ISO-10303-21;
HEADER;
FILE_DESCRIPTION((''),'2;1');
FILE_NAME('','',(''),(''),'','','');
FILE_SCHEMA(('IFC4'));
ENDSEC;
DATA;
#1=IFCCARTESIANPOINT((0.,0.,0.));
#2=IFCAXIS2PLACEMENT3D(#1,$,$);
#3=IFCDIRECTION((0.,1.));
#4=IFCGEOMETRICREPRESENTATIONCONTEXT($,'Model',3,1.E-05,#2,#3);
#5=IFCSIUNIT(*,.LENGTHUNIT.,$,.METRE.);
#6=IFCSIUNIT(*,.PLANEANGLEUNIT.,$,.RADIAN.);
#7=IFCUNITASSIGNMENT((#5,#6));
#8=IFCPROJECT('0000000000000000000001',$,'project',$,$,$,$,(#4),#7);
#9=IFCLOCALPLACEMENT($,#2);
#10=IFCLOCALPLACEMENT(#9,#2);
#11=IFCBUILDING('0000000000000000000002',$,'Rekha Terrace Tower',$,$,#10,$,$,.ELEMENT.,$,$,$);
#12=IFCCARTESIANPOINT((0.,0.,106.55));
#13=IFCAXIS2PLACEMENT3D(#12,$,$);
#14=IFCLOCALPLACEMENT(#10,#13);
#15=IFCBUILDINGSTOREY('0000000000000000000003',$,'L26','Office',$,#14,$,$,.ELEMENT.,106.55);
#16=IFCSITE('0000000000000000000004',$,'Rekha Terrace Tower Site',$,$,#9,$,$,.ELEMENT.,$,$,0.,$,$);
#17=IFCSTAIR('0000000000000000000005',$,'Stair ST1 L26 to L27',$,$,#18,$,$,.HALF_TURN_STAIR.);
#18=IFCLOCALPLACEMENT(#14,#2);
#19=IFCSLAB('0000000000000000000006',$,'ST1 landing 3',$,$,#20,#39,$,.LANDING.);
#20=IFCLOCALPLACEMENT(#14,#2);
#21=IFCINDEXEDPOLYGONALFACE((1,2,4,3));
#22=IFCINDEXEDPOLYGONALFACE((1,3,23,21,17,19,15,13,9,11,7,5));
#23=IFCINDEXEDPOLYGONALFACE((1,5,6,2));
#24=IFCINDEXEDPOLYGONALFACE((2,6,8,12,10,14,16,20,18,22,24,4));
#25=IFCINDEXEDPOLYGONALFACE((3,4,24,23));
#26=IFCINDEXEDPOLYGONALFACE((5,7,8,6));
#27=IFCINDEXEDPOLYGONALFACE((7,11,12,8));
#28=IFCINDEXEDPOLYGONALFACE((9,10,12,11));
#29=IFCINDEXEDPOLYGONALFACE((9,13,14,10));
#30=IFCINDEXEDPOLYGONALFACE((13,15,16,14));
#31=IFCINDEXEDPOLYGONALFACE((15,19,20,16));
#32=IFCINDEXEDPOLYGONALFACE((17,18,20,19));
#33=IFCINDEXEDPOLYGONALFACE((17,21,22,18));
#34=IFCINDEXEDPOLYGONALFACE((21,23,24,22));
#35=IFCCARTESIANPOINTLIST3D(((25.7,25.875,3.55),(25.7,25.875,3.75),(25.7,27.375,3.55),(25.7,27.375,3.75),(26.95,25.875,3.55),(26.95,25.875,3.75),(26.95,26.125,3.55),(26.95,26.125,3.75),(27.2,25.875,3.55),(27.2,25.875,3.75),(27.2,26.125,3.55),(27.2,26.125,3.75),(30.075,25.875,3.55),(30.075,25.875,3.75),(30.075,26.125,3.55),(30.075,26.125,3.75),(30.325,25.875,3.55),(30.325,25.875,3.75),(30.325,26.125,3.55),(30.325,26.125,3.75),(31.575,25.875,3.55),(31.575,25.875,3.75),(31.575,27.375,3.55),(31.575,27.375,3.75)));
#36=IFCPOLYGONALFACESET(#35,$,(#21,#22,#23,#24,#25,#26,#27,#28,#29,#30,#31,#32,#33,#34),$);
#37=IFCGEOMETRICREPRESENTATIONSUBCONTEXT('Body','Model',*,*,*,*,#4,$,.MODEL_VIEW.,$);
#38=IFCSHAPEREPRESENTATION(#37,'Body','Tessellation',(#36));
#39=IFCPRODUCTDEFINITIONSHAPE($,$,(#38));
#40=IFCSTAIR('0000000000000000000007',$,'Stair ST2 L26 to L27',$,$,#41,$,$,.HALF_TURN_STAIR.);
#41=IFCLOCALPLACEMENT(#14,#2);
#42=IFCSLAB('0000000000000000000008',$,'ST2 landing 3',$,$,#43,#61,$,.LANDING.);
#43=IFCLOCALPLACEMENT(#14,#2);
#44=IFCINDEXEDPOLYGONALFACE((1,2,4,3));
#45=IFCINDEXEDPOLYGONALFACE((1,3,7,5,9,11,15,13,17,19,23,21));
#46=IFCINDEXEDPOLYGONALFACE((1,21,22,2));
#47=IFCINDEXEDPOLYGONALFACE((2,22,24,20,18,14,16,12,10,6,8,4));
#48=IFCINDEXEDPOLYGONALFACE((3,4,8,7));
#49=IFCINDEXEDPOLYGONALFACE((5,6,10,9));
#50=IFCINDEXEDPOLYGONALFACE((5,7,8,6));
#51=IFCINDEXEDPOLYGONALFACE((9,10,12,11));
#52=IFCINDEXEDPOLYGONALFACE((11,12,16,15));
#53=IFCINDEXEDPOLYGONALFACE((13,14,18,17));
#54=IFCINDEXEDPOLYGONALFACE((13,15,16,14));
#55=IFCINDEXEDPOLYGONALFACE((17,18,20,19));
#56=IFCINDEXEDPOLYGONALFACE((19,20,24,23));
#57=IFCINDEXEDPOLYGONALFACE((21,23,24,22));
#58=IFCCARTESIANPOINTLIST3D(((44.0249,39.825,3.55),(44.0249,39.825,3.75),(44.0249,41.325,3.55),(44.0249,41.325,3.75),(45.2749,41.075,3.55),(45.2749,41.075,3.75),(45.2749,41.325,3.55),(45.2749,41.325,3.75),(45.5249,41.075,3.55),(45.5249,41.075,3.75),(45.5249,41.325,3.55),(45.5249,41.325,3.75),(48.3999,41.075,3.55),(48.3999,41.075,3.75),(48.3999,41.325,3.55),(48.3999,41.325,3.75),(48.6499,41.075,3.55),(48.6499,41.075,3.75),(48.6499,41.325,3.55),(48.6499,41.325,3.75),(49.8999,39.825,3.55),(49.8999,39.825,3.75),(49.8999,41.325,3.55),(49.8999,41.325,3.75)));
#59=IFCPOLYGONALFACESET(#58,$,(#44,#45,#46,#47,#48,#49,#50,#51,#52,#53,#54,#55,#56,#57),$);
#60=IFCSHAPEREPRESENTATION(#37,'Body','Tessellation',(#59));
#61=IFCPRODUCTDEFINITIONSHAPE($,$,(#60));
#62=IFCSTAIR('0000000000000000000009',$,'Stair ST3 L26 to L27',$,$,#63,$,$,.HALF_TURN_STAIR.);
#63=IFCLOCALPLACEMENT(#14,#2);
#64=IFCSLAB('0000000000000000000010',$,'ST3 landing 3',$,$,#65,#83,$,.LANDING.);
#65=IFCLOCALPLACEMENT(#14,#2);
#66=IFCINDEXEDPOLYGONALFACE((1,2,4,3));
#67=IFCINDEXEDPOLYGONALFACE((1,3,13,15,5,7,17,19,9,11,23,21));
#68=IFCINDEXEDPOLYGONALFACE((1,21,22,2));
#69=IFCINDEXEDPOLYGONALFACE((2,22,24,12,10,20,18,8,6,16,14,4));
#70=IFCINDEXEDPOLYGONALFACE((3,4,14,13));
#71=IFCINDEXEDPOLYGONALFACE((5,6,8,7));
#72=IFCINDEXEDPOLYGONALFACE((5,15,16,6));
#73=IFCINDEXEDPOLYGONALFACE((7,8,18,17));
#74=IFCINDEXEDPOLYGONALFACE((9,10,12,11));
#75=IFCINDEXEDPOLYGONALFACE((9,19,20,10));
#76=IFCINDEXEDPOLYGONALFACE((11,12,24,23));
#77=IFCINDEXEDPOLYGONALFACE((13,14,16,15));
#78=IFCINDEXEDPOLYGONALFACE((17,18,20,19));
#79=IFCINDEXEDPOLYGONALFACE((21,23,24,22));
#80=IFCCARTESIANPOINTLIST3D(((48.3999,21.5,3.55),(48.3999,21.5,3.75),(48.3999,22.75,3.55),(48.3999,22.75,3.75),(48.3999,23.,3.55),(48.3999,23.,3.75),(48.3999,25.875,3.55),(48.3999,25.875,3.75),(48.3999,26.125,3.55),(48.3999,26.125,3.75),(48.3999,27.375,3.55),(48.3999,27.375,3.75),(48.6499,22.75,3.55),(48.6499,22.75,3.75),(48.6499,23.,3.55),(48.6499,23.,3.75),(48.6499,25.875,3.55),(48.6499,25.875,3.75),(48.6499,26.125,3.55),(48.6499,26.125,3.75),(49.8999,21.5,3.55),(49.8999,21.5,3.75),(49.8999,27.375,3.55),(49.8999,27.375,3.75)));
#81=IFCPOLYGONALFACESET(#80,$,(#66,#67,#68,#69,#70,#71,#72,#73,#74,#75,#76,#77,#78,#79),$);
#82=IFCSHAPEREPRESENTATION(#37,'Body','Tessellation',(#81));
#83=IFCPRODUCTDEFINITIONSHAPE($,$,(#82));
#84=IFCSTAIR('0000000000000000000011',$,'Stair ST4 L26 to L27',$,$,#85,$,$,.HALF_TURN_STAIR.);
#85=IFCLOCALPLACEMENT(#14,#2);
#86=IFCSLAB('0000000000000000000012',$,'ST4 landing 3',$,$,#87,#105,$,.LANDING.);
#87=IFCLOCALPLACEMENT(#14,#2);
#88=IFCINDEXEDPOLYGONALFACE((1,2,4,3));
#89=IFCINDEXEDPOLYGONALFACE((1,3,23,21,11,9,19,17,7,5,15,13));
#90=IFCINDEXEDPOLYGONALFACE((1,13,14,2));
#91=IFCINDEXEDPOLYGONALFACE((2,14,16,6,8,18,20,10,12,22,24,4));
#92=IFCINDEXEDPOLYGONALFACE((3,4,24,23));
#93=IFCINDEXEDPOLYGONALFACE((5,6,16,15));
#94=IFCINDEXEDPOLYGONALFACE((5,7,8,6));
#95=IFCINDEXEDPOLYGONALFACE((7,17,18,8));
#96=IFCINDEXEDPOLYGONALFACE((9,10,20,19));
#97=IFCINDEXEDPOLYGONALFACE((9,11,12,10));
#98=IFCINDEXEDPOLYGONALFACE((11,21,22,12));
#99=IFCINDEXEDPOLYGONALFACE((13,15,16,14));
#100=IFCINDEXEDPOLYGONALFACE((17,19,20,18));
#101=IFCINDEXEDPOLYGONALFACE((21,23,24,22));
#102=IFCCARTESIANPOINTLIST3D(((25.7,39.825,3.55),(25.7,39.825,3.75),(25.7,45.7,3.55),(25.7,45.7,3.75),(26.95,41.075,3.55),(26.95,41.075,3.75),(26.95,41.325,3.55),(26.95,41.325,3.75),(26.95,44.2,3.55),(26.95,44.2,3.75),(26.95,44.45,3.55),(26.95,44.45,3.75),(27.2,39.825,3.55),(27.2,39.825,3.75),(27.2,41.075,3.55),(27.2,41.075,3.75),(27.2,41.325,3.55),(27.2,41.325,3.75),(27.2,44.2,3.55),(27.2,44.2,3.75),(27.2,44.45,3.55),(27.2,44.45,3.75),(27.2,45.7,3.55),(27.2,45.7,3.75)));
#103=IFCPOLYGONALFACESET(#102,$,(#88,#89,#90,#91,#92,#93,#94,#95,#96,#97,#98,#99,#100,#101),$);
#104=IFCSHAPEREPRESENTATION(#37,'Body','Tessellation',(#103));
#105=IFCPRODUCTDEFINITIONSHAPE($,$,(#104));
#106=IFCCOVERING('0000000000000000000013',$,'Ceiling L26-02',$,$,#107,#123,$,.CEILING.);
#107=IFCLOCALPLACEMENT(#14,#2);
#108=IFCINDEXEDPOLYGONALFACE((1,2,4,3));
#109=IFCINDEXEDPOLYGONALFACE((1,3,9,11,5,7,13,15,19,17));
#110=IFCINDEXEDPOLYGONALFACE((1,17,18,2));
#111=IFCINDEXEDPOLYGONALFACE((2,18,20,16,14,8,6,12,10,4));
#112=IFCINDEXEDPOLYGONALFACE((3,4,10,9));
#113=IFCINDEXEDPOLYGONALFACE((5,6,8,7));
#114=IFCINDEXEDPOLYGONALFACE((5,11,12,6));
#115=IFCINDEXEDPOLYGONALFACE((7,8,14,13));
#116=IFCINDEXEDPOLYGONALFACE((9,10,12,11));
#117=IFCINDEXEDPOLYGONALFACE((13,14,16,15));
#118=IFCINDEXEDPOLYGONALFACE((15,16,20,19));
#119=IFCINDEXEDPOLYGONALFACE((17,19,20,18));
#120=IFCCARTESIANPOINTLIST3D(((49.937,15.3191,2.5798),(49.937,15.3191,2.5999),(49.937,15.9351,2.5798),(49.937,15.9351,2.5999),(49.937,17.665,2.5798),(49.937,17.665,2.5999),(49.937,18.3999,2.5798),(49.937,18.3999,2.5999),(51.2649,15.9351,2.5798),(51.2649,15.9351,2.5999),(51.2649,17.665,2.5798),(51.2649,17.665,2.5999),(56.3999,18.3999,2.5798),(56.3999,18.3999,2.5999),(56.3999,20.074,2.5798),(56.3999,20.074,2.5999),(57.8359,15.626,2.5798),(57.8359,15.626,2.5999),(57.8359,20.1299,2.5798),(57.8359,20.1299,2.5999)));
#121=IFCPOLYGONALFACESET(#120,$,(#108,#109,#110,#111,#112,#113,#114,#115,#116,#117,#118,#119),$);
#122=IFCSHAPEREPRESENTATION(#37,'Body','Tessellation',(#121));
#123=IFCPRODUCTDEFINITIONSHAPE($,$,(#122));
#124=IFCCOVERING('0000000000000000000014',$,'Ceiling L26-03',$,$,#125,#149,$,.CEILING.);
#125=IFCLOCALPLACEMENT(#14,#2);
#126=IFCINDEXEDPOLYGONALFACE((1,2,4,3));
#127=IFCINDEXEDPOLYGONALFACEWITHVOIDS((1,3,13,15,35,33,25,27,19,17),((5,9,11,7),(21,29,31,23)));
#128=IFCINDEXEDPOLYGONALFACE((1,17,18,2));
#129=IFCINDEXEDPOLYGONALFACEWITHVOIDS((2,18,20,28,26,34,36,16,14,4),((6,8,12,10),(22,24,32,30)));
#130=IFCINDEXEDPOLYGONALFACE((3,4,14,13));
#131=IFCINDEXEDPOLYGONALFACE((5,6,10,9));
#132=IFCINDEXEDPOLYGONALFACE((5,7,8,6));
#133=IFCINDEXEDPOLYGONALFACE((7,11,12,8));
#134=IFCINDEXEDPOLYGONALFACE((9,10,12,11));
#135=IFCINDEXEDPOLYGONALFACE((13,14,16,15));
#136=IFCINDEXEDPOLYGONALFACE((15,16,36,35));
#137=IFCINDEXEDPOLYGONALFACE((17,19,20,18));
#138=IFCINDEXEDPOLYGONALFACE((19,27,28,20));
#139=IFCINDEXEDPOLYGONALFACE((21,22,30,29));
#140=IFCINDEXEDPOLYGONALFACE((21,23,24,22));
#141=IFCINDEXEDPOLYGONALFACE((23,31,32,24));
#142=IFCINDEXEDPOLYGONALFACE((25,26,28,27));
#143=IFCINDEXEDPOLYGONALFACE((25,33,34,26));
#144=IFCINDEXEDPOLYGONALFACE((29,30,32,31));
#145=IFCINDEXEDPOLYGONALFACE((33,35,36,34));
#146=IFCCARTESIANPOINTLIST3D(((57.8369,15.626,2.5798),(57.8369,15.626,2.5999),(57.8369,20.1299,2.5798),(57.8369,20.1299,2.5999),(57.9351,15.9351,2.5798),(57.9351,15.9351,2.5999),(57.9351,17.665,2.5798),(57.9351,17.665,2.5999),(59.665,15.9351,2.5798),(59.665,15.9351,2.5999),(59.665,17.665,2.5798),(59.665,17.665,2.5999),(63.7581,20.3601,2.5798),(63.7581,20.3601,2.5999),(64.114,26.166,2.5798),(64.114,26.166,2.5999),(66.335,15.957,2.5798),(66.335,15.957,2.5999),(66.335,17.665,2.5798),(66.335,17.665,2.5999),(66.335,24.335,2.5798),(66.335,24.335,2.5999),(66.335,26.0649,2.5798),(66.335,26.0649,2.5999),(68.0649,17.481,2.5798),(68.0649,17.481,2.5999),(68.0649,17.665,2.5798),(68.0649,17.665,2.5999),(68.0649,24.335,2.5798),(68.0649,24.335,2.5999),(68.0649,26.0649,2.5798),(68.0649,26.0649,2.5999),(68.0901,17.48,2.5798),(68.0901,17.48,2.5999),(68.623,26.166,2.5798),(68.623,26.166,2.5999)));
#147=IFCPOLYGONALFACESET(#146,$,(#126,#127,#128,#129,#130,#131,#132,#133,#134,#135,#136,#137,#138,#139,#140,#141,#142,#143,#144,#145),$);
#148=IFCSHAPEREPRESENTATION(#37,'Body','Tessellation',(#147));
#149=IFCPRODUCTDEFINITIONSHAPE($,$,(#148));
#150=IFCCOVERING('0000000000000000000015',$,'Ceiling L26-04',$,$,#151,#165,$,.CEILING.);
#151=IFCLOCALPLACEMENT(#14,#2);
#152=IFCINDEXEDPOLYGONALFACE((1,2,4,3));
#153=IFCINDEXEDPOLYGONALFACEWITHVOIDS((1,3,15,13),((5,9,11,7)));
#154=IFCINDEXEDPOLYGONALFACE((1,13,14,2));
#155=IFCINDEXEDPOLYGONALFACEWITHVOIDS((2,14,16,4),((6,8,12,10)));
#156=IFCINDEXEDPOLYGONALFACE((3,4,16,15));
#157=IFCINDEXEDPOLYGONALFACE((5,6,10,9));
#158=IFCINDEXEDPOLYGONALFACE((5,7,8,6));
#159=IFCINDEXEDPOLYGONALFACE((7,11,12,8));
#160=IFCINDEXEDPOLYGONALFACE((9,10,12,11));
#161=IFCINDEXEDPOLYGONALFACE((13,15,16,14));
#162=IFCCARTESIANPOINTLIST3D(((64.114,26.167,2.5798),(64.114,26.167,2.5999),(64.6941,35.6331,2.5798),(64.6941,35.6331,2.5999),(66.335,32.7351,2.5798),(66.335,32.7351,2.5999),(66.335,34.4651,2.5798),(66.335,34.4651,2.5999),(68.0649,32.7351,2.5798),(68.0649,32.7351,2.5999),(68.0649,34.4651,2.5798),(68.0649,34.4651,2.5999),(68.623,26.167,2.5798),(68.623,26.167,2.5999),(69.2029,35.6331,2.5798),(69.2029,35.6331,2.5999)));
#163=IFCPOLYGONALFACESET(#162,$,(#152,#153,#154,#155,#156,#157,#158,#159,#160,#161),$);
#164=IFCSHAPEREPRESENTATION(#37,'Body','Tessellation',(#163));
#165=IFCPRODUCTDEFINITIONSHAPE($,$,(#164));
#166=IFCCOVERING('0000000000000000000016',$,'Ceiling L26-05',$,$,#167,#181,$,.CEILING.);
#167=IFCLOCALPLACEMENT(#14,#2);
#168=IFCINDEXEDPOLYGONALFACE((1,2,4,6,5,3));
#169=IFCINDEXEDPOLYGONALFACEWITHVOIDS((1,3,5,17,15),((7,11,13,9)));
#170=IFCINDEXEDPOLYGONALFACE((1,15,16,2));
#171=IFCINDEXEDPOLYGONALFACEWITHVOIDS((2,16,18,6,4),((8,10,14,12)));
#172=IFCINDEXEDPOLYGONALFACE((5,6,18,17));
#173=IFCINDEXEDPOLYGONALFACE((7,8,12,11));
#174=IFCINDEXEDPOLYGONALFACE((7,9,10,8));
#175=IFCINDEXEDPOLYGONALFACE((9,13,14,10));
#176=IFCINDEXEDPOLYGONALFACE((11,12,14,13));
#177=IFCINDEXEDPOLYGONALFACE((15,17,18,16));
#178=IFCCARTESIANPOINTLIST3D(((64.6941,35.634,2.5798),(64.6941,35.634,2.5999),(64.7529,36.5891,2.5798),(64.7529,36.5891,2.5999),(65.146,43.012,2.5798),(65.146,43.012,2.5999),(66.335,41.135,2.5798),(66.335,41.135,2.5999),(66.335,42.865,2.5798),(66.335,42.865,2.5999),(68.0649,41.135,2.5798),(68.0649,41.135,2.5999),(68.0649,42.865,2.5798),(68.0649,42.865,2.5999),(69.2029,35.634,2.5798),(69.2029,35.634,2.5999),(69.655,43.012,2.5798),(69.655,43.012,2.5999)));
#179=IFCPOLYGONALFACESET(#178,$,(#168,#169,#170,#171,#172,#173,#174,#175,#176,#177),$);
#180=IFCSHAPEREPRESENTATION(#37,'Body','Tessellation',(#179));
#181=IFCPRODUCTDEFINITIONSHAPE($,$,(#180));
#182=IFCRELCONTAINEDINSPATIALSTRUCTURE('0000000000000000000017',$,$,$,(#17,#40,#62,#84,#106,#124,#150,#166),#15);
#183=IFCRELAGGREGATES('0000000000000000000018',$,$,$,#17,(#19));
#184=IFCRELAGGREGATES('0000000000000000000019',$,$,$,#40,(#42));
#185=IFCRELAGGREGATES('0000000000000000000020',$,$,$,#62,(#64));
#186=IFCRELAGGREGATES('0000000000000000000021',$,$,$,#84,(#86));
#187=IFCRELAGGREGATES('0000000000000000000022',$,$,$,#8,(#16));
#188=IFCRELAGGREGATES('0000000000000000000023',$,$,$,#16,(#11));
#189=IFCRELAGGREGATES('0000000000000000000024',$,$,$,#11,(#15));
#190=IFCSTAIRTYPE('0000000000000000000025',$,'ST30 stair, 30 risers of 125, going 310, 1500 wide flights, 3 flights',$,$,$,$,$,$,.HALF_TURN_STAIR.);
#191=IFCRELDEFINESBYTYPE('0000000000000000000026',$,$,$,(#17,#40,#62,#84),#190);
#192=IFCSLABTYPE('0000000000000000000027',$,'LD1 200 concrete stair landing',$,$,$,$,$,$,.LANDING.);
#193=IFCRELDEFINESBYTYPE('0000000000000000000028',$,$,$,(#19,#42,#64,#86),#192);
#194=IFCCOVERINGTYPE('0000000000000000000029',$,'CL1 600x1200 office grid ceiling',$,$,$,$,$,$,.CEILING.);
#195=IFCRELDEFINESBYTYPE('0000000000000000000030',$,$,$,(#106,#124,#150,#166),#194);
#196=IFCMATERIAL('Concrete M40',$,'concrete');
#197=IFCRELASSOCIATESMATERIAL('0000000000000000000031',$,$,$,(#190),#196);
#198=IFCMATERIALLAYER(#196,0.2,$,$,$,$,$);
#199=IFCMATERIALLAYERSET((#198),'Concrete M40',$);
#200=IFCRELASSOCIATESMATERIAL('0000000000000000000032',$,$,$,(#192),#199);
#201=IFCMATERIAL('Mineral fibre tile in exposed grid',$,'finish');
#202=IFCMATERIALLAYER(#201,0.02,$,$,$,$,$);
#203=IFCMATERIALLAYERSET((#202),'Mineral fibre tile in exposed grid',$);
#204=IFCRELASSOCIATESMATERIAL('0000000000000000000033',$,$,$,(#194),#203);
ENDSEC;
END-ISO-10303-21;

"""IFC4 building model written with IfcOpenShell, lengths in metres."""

from ifc_helpers import new_model, si_unit, direction, frame, origin, place, context, subcontext, project, spatial, polyline, outline, extrude, material, layer, layer_set, type_object, element, aggregate, save


model = new_model("IFC4")

# Units and contexts
model_context = context("Model", 3, precision=1e-05, world=origin(), true_north=direction((0.0, 1.0)))
body_context = subcontext(model_context, "Body", "Model", "MODEL_VIEW")
ifc_project = project(units=[si_unit("LENGTHUNIT", "METRE"), si_unit("PLANEANGLEUNIT", "RADIAN")], contexts=[model_context])

# Site, building, storey
site_placement = place(None, origin())
site = spatial("IfcSite", under=ifc_project, at=site_placement, Name="Rekha Terrace Tower Site", CompositionType="ELEMENT", RefElevation=0.0)
building_placement = place(site_placement, origin())
building = spatial("IfcBuilding", under=site, at=building_placement, Name="Rekha Terrace Tower", CompositionType="ELEMENT")
storey_placement = place(building_placement, frame((0.0, 0.0, 106.55)))
storey = spatial("IfcBuildingStorey", under=building, at=storey_placement, Name="L26", Description="Office", CompositionType="ELEMENT", Elevation=106.55)

# Stairs, slabs
ifc_material_1 = material(Name="Concrete M40", Category="concrete")
stair_type = type_object("IfcStairType", Name="ST30 stair, 30 risers of 125, going 310, 1500 wide flights, 3 flights", PredefinedType="HALF_TURN_STAIR", material=ifc_material_1)
stair_1_placement = place(storey_placement, origin())
stair_1 = element("IfcStair", 1, at=stair_1_placement, inside=storey, type_object=stair_type, Name="Stair ST1 L26 to L27", PredefinedType="HALF_TURN_STAIR")
ifc_layer_1 = layer(ifc_material_1, 0.2)
ifc_layer_set_1 = layer_set([ifc_layer_1], Name="Concrete M40")
slab_type = type_object("IfcSlabType", Name="LD1 200 concrete stair landing", PredefinedType="LANDING", material=ifc_layer_set_1)
slab_1_placement = place(storey_placement, frame((0.0, 0.0, 3.55)))
slab_1 = element("IfcSlab", 2, at=slab_1_placement, type_object=slab_type, Name="ST1 landing 3", PredefinedType="LANDING", context=body_context, shape_type="SweptSolid", body=[
    extrude(outline(polyline([(31.575, 25.875), (31.575, 27.375), (25.7, 27.375), (25.7, 25.875), (26.95, 25.875), (26.95, 26.125), (27.2, 26.125), (27.2, 25.875), (30.075, 25.875), (30.075, 26.125), (30.325, 26.125), (30.325, 25.875), (31.575, 25.875)])), origin(), (0.0, 0.0, 1.0), 0.2),
])
aggregate(stair_1, [slab_1])
stair_2_placement = place(storey_placement, origin())
stair_2 = element("IfcStair", 3, at=stair_2_placement, inside=storey, type_object=stair_type, Name="Stair ST2 L26 to L27", PredefinedType="HALF_TURN_STAIR")
slab_2_placement = place(storey_placement, frame((0.0, 0.0, 3.55)))
slab_2 = element("IfcSlab", 4, at=slab_2_placement, type_object=slab_type, Name="ST2 landing 3", PredefinedType="LANDING", context=body_context, shape_type="SweptSolid", body=[
    extrude(outline(polyline([(44.0249, 41.325), (44.0249, 39.825), (49.8999, 39.825), (49.8999, 41.325), (48.6499, 41.325), (48.6499, 41.075), (48.3999, 41.075), (48.3999, 41.325), (45.5249, 41.325), (45.5249, 41.075), (45.2749, 41.075), (45.2749, 41.325), (44.0249, 41.325)])), origin(), (0.0, 0.0, 1.0), 0.2),
])
aggregate(stair_2, [slab_2])
stair_3_placement = place(storey_placement, origin())
stair_3 = element("IfcStair", 5, at=stair_3_placement, inside=storey, type_object=stair_type, Name="Stair ST3 L26 to L27", PredefinedType="HALF_TURN_STAIR")
slab_3_placement = place(storey_placement, frame((0.0, 0.0, 3.55)))
slab_3 = element("IfcSlab", 6, at=slab_3_placement, type_object=slab_type, Name="ST3 landing 3", PredefinedType="LANDING", context=body_context, shape_type="SweptSolid", body=[
    extrude(outline(polyline([(48.3999, 21.5), (49.8999, 21.5), (49.8999, 27.375), (48.3999, 27.375), (48.3999, 26.125), (48.6499, 26.125), (48.6499, 25.875), (48.3999, 25.875), (48.3999, 23.0), (48.6499, 23.0), (48.6499, 22.75), (48.3999, 22.75), (48.3999, 21.5)])), origin(), (0.0, 0.0, 1.0), 0.2),
])
aggregate(stair_3, [slab_3])
stair_4_placement = place(storey_placement, origin())
stair_4 = element("IfcStair", 7, at=stair_4_placement, inside=storey, type_object=stair_type, Name="Stair ST4 L26 to L27", PredefinedType="HALF_TURN_STAIR")
slab_4_placement = place(storey_placement, frame((0.0, 0.0, 3.55)))
slab_4 = element("IfcSlab", 8, at=slab_4_placement, type_object=slab_type, Name="ST4 landing 3", PredefinedType="LANDING", context=body_context, shape_type="SweptSolid", body=[
    extrude(outline(polyline([(27.2, 39.825), (25.7, 39.825), (25.7, 45.7), (27.2, 45.7), (27.2, 44.45), (26.95, 44.45), (26.95, 44.2), (27.2, 44.2), (27.2, 41.325), (26.95, 41.325), (26.95, 41.075), (27.2, 41.075), (27.2, 39.825)])), origin(), (0.0, 0.0, 1.0), 0.2),
])
aggregate(stair_4, [slab_4])

# Coverings
ifc_material_2 = material(Name="Mineral fibre tile in exposed grid", Category="finish")
ifc_layer_2 = layer(ifc_material_2, 0.02)
ifc_layer_set_2 = layer_set([ifc_layer_2], Name="Mineral fibre tile in exposed grid")
covering_type_1 = type_object("IfcCoveringType", Name="CL1 600x1200 office grid ceiling", PredefinedType="CEILING", material=ifc_layer_set_2)
covering_1_placement = place(storey_placement, frame((0.0, 0.0, 2.5798)))
element("IfcCovering", 9, at=covering_1_placement, inside=storey, type_object=covering_type_1, Name="Ceiling L26-02", PredefinedType="CEILING", context=body_context, shape_type="SweptSolid", body=[
    extrude(outline(polyline([(56.3999, 20.074), (56.3999, 18.3999), (49.937, 18.3999), (49.937, 17.665), (51.2649, 17.665), (51.2649, 15.9351), (49.937, 15.9351), (49.937, 15.3191), (57.8359, 15.626), (57.8359, 20.1299), (56.3999, 20.074)])), origin(), (0.0, 0.0, 1.0), 0.02),
])
covering_2_placement = place(storey_placement, frame((0.0, 0.0, 2.5798)))
element("IfcCovering", 10, at=covering_2_placement, inside=storey, type_object=covering_type_1, Name="Ceiling L26-03", PredefinedType="CEILING", context=body_context, shape_type="SweptSolid", body=[
    extrude(outline(polyline([(64.114, 26.166), (63.7581, 20.3601), (57.8369, 20.1299), (57.8369, 15.626), (66.335, 15.957), (66.335, 17.665), (68.0649, 17.665), (68.0649, 17.481), (68.0901, 17.48), (68.623, 26.166), (64.114, 26.166)]), holes=[polyline([(68.0649, 24.335), (66.335, 24.335), (66.335, 26.0649), (68.0649, 26.0649), (68.0649, 24.335)]), polyline([(59.665, 15.9351), (57.9351, 15.9351), (57.9351, 17.665), (59.665, 17.665), (59.665, 15.9351)])]), origin(), (0.0, 0.0, 1.0), 0.02),
])
covering_3_placement = place(storey_placement, frame((0.0, 0.0, 2.5798)))
element("IfcCovering", 11, at=covering_3_placement, inside=storey, type_object=covering_type_1, Name="Ceiling L26-04", PredefinedType="CEILING", context=body_context, shape_type="SweptSolid", body=[
    extrude(outline(polyline([(64.114, 26.167), (68.623, 26.167), (69.2029, 35.6331), (64.6941, 35.6331), (64.114, 26.167)]), holes=[polyline([(68.0649, 34.4651), (68.0649, 32.7351), (66.335, 32.7351), (66.335, 34.4651), (68.0649, 34.4651)])]), origin(), (0.0, 0.0, 1.0), 0.02),
])
covering_4_placement = place(storey_placement, frame((0.0, 0.0, 2.5798)))
element("IfcCovering", 12, at=covering_4_placement, inside=storey, type_object=covering_type_1, Name="Ceiling L26-05", PredefinedType="CEILING", context=body_context, shape_type="SweptSolid", body=[
    extrude(outline(polyline([(69.655, 43.012), (65.146, 43.012), (64.7529, 36.5891), (64.6941, 35.634), (69.2029, 35.634), (69.655, 43.012)]), holes=[polyline([(68.0649, 41.135), (66.335, 41.135), (66.335, 42.865), (68.0649, 42.865), (68.0649, 41.135)])]), origin(), (0.0, 0.0, 1.0), 0.02),
])

save(model, "model.ifc")
